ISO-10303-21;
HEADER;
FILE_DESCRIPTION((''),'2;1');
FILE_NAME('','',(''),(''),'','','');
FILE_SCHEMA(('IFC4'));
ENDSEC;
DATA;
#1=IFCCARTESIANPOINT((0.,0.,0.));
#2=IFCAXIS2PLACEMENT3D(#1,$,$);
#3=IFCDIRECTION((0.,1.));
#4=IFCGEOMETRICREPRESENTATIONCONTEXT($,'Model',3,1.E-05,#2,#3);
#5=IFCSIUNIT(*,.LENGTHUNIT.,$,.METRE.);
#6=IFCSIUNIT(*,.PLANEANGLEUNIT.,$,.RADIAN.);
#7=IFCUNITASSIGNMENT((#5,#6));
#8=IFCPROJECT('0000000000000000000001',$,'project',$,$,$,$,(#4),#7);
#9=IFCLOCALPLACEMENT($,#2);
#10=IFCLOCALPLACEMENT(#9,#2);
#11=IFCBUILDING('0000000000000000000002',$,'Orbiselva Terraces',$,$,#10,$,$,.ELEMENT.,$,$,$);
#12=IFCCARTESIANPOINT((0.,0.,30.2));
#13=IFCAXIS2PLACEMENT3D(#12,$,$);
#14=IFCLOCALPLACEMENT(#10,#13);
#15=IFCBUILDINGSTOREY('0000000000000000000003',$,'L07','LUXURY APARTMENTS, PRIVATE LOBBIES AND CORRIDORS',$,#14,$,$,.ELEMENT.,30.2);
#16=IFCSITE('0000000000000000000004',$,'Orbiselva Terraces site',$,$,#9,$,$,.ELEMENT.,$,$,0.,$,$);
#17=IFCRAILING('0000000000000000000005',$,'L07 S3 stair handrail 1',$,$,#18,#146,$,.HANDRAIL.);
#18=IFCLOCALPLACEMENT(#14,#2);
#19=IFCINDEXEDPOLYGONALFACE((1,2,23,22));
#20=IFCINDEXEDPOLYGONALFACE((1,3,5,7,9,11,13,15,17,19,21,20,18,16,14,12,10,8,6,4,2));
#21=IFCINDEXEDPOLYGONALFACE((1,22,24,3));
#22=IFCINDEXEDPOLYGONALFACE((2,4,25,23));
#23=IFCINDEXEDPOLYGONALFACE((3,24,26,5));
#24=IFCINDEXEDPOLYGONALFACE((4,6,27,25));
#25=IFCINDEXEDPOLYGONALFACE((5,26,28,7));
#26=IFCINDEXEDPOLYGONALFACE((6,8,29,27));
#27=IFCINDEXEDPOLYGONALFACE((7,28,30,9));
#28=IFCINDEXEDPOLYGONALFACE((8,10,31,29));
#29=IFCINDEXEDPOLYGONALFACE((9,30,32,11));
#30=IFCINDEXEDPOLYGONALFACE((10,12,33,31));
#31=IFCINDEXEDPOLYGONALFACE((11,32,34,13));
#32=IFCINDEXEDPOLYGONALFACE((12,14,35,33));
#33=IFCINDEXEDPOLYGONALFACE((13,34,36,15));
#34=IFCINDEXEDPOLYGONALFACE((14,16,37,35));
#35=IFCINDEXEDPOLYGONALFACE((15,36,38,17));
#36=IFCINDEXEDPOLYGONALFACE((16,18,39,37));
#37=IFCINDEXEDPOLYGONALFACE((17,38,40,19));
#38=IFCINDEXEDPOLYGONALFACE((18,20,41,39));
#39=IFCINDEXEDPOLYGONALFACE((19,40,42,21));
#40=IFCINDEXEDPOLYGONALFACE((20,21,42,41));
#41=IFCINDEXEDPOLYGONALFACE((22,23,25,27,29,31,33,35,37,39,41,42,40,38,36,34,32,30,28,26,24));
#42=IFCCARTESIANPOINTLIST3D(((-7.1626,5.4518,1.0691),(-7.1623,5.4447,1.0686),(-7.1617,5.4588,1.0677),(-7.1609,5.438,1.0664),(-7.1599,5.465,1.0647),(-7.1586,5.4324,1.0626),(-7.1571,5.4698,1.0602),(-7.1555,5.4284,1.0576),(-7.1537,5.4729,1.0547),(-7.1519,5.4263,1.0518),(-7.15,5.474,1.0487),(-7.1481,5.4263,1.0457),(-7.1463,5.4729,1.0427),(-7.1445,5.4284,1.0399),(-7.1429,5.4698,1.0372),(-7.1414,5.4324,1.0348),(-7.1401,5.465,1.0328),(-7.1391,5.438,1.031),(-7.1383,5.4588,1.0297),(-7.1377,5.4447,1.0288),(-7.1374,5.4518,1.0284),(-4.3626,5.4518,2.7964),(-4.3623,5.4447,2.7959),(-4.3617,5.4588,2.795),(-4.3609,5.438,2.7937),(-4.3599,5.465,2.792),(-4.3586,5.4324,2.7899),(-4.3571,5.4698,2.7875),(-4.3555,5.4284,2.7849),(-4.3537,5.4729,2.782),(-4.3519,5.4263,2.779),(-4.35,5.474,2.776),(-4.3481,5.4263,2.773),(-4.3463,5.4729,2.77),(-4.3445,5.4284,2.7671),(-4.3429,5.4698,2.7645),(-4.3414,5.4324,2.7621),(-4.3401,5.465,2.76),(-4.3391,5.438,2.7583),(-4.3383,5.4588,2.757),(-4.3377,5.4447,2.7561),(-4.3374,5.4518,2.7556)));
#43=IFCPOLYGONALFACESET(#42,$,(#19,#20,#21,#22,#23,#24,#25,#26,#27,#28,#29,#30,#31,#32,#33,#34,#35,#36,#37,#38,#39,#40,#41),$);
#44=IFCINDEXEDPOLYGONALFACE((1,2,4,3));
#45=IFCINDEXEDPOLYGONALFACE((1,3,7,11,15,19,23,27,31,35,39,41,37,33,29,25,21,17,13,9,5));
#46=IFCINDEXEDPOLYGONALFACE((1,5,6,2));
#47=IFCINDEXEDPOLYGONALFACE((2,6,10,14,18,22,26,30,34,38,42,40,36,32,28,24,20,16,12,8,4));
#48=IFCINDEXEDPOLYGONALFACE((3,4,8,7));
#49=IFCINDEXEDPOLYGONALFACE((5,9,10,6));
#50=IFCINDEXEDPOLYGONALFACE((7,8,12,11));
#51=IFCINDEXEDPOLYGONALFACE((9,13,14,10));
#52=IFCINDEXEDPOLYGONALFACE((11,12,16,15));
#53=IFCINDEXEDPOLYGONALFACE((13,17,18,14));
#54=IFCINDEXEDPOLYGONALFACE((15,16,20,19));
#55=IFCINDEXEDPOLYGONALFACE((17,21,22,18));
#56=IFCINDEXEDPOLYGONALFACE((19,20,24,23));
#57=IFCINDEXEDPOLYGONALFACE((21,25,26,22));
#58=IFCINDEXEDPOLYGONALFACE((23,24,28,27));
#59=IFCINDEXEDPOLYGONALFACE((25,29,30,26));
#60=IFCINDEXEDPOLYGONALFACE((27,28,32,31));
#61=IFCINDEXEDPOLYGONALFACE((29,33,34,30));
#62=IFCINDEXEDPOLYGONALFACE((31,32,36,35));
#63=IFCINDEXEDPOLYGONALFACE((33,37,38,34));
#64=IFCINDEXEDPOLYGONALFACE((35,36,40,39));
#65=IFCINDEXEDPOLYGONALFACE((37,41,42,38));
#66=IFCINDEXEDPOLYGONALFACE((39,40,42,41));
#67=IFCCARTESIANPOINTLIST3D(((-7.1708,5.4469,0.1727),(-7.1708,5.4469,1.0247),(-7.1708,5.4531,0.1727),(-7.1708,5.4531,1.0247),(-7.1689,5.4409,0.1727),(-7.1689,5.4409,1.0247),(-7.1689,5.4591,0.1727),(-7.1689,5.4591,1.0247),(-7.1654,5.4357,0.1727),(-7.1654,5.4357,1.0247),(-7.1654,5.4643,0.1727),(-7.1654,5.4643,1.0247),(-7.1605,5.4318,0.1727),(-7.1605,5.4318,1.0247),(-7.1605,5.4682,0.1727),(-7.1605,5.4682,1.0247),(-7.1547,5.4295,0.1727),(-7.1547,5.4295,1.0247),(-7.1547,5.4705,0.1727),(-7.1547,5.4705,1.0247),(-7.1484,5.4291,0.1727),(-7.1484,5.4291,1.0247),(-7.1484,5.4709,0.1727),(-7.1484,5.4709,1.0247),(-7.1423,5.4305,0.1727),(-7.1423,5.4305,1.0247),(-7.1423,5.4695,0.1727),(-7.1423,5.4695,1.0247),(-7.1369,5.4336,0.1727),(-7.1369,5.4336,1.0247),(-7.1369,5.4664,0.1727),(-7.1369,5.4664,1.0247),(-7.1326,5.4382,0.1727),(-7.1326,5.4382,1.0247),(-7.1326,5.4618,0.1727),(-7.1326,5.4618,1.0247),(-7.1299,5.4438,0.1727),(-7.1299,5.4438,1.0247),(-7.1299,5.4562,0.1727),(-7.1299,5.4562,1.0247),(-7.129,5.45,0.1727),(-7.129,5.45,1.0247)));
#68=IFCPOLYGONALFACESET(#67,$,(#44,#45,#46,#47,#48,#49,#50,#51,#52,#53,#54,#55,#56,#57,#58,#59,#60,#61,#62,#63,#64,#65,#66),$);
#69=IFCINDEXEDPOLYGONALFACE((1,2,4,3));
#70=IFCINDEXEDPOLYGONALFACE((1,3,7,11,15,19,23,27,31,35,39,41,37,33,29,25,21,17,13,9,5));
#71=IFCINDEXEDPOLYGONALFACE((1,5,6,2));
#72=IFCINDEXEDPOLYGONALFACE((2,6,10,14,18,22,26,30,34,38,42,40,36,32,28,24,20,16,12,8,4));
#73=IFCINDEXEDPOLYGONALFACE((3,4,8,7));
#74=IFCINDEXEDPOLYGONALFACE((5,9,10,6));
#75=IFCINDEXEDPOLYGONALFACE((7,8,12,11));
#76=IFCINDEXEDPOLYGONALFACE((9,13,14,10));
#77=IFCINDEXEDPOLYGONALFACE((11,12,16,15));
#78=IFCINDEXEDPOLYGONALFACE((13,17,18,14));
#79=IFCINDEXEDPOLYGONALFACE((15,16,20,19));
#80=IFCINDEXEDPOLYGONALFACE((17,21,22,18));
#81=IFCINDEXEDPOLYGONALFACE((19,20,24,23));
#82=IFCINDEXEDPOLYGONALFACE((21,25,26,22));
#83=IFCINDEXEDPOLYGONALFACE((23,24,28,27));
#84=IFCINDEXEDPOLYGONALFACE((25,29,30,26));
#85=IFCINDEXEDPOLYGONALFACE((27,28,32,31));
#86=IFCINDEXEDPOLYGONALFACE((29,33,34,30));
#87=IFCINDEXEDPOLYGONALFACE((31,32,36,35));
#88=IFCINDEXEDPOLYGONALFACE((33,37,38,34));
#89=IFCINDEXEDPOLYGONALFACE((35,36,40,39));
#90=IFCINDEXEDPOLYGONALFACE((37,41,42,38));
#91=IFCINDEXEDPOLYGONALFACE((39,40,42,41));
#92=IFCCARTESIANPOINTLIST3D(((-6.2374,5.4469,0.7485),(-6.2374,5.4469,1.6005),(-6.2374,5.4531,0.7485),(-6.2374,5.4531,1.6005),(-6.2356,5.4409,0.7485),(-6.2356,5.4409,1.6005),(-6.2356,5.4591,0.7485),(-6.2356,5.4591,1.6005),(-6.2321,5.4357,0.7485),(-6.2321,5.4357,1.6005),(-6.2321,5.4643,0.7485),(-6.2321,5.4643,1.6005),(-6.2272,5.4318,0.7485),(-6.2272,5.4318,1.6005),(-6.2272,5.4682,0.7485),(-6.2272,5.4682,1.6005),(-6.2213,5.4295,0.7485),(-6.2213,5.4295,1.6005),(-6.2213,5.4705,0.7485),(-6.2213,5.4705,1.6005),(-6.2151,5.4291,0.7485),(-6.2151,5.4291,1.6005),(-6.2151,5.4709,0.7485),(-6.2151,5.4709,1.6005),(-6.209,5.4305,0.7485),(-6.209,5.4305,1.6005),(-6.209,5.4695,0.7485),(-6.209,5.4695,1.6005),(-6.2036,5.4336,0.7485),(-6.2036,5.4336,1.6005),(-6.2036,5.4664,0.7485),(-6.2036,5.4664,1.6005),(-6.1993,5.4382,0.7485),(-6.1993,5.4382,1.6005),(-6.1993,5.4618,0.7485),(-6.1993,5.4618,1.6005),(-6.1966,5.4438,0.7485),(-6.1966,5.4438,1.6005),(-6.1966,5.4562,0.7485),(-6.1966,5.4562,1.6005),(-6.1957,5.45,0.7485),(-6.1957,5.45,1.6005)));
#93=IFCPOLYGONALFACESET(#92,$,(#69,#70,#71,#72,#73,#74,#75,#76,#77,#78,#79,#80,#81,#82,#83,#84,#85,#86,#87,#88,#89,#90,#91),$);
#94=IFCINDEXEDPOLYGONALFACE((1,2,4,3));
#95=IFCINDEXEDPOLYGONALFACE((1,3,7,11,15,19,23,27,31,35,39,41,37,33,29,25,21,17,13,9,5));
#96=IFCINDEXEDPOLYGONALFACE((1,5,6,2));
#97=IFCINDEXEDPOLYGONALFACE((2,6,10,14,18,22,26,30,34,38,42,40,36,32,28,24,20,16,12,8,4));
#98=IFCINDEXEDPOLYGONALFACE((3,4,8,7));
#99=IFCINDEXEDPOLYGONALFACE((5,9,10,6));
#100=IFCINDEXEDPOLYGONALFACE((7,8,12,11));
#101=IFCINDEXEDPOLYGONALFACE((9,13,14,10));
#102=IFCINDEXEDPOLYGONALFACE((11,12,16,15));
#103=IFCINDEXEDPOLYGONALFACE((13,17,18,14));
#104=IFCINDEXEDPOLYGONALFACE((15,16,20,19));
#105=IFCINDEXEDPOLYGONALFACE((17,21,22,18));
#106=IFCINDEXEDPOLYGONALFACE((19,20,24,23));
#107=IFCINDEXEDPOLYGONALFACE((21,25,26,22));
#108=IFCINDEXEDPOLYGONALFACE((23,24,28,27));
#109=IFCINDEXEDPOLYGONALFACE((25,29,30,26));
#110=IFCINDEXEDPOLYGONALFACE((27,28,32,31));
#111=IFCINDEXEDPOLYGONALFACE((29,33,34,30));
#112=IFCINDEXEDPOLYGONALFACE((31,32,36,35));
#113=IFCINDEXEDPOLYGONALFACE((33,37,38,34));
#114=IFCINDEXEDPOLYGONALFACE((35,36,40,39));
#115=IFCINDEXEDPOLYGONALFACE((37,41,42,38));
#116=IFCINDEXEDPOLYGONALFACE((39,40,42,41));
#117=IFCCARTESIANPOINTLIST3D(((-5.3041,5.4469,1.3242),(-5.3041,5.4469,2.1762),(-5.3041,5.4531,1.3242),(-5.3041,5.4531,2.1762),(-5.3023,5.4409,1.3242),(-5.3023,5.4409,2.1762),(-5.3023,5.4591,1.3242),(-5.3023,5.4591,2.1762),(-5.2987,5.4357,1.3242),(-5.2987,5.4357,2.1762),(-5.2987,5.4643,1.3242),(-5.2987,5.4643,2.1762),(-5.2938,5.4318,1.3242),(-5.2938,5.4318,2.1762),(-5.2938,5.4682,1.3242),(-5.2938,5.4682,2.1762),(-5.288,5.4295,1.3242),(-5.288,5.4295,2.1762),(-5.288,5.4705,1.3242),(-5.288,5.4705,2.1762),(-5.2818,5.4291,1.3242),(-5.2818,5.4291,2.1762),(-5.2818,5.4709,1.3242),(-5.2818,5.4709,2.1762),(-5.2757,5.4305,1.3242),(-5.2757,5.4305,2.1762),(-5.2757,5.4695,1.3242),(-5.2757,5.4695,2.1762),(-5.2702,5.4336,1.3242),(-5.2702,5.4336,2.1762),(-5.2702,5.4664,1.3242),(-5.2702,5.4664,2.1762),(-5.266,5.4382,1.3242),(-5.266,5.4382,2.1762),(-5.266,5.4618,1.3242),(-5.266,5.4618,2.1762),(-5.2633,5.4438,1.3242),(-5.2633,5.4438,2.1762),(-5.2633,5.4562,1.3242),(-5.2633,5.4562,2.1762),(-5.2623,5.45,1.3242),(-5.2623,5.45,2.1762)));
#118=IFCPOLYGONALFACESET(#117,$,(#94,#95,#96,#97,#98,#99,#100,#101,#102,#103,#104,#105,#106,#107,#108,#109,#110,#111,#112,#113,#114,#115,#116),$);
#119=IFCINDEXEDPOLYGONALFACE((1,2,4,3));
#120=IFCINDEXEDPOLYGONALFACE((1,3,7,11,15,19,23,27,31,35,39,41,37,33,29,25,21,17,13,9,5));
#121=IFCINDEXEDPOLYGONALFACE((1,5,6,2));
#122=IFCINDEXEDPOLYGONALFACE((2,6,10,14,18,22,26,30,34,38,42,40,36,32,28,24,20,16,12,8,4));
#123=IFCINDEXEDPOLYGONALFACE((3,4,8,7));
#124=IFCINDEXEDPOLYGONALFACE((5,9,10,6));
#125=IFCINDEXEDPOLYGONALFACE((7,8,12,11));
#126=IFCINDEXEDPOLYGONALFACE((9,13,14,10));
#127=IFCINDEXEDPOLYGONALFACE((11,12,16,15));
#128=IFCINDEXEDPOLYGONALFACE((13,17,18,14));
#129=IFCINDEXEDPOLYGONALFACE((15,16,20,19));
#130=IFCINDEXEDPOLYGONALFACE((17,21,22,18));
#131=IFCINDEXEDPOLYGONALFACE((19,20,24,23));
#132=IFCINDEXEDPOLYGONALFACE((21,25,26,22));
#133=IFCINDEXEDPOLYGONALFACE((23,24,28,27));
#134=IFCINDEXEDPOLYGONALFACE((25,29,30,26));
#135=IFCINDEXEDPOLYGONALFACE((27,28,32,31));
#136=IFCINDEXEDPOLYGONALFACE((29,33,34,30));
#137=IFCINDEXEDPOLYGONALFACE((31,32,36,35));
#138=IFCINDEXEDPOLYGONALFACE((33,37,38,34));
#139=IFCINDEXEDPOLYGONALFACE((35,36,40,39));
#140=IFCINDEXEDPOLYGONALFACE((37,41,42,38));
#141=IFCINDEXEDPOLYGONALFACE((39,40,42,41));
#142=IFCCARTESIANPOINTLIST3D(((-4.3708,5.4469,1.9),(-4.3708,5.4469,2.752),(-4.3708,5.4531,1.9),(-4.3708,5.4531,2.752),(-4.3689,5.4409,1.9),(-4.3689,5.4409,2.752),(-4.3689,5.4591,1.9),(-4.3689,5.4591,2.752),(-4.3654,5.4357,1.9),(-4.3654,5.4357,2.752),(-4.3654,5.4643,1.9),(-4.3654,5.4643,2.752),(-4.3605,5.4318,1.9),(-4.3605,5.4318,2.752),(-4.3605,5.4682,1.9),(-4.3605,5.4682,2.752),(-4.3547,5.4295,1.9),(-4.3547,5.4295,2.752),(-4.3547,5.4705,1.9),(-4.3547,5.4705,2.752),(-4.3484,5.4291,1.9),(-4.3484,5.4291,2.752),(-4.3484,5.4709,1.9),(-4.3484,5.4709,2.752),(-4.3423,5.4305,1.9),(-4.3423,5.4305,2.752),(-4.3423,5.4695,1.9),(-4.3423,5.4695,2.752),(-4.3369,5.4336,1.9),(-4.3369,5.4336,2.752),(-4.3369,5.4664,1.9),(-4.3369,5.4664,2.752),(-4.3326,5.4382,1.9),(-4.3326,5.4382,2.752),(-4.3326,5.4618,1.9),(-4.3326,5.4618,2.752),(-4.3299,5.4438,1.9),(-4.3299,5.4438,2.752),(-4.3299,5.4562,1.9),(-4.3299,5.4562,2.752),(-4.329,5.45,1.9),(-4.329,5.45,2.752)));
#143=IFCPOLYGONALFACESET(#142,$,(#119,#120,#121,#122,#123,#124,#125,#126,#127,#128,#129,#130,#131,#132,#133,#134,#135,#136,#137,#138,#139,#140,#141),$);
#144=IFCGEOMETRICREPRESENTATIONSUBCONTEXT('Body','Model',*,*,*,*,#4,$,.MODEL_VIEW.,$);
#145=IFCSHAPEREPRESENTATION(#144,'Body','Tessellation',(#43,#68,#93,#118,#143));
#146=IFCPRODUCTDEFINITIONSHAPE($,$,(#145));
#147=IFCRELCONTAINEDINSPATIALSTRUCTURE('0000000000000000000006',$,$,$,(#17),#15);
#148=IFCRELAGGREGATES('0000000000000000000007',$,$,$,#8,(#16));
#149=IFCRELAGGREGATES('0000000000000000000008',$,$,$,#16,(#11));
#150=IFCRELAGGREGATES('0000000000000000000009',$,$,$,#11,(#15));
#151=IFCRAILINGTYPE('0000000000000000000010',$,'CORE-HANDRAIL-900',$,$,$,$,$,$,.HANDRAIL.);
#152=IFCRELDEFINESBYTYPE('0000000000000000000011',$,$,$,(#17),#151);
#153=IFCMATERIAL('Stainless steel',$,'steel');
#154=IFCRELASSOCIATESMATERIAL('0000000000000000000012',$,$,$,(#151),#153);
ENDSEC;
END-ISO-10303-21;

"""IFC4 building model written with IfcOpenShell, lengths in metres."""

from ifc_helpers import new_model, si_unit, direction, frame, origin, origin_2d, place, context, subcontext, project, spatial, circle, extrude, material, type_object, element, save


model = new_model("IFC4")

# Units and contexts
model_context = context("Model", 3, precision=1e-05, world=origin(), true_north=direction((0.0, 1.0)))
body_context = subcontext(model_context, "Body", "Model", "MODEL_VIEW")
ifc_project = project(units=[si_unit("LENGTHUNIT", "METRE"), si_unit("PLANEANGLEUNIT", "RADIAN")], contexts=[model_context])

# Site, building, storey
site_placement = place(None, origin())
site = spatial("IfcSite", under=ifc_project, at=site_placement, Name="Orbiselva Terraces site", CompositionType="ELEMENT", RefElevation=0.0)
building_placement = place(site_placement, origin())
building = spatial("IfcBuilding", under=site, at=building_placement, Name="Orbiselva Terraces", CompositionType="ELEMENT")
storey_placement = place(building_placement, frame((0.0, 0.0, 30.2)))
storey = spatial("IfcBuildingStorey", under=building, at=storey_placement, Name="L07", Description="LUXURY APARTMENTS, PRIVATE LOBBIES AND CORRIDORS", CompositionType="ELEMENT", Elevation=30.2)

# Railing
ifc_material_1 = material(Name="Stainless steel", Category="steel")
railing_type_1 = type_object("IfcRailingType", Name="CORE-HANDRAIL-900", PredefinedType="HANDRAIL", material=ifc_material_1)
railing_1_placement = place(storey_placement, frame((-7.15, 5.45, 0.1727)))
element("IfcRailing", 1, at=railing_1_placement, inside=storey, type_object=railing_type_1, Name="L07 S3 stair handrail 1", PredefinedType="HANDRAIL", context=body_context, shape_type="SweptSolid", body=[
    extrude(circle(Radius=0.024, at=origin_2d()), frame((0.0, 0.0, 0.876), z_axis=(0.851089, 0.0, 0.525022), x_axis=(0.0, 1.0, 0.0)), (0.0, 0.0, 1.0), 3.2899),
    extrude(circle(Radius=0.021, at=origin_2d()), origin(), (0.0, 0.0, 1.0), 0.852),
    extrude(circle(Radius=0.021, at=origin_2d()), frame((0.9333, 0.0, 0.5758)), (0.0, 0.0, 1.0), 0.852),
    extrude(circle(Radius=0.021, at=origin_2d()), frame((1.8667, 0.0, 1.1515)), (0.0, 0.0, 1.0), 0.852),
    extrude(circle(Radius=0.021, at=origin_2d()), frame((2.8, 0.0, 1.7273)), (0.0, 0.0, 1.0), 0.852),
])

save(model, "model.ifc")
